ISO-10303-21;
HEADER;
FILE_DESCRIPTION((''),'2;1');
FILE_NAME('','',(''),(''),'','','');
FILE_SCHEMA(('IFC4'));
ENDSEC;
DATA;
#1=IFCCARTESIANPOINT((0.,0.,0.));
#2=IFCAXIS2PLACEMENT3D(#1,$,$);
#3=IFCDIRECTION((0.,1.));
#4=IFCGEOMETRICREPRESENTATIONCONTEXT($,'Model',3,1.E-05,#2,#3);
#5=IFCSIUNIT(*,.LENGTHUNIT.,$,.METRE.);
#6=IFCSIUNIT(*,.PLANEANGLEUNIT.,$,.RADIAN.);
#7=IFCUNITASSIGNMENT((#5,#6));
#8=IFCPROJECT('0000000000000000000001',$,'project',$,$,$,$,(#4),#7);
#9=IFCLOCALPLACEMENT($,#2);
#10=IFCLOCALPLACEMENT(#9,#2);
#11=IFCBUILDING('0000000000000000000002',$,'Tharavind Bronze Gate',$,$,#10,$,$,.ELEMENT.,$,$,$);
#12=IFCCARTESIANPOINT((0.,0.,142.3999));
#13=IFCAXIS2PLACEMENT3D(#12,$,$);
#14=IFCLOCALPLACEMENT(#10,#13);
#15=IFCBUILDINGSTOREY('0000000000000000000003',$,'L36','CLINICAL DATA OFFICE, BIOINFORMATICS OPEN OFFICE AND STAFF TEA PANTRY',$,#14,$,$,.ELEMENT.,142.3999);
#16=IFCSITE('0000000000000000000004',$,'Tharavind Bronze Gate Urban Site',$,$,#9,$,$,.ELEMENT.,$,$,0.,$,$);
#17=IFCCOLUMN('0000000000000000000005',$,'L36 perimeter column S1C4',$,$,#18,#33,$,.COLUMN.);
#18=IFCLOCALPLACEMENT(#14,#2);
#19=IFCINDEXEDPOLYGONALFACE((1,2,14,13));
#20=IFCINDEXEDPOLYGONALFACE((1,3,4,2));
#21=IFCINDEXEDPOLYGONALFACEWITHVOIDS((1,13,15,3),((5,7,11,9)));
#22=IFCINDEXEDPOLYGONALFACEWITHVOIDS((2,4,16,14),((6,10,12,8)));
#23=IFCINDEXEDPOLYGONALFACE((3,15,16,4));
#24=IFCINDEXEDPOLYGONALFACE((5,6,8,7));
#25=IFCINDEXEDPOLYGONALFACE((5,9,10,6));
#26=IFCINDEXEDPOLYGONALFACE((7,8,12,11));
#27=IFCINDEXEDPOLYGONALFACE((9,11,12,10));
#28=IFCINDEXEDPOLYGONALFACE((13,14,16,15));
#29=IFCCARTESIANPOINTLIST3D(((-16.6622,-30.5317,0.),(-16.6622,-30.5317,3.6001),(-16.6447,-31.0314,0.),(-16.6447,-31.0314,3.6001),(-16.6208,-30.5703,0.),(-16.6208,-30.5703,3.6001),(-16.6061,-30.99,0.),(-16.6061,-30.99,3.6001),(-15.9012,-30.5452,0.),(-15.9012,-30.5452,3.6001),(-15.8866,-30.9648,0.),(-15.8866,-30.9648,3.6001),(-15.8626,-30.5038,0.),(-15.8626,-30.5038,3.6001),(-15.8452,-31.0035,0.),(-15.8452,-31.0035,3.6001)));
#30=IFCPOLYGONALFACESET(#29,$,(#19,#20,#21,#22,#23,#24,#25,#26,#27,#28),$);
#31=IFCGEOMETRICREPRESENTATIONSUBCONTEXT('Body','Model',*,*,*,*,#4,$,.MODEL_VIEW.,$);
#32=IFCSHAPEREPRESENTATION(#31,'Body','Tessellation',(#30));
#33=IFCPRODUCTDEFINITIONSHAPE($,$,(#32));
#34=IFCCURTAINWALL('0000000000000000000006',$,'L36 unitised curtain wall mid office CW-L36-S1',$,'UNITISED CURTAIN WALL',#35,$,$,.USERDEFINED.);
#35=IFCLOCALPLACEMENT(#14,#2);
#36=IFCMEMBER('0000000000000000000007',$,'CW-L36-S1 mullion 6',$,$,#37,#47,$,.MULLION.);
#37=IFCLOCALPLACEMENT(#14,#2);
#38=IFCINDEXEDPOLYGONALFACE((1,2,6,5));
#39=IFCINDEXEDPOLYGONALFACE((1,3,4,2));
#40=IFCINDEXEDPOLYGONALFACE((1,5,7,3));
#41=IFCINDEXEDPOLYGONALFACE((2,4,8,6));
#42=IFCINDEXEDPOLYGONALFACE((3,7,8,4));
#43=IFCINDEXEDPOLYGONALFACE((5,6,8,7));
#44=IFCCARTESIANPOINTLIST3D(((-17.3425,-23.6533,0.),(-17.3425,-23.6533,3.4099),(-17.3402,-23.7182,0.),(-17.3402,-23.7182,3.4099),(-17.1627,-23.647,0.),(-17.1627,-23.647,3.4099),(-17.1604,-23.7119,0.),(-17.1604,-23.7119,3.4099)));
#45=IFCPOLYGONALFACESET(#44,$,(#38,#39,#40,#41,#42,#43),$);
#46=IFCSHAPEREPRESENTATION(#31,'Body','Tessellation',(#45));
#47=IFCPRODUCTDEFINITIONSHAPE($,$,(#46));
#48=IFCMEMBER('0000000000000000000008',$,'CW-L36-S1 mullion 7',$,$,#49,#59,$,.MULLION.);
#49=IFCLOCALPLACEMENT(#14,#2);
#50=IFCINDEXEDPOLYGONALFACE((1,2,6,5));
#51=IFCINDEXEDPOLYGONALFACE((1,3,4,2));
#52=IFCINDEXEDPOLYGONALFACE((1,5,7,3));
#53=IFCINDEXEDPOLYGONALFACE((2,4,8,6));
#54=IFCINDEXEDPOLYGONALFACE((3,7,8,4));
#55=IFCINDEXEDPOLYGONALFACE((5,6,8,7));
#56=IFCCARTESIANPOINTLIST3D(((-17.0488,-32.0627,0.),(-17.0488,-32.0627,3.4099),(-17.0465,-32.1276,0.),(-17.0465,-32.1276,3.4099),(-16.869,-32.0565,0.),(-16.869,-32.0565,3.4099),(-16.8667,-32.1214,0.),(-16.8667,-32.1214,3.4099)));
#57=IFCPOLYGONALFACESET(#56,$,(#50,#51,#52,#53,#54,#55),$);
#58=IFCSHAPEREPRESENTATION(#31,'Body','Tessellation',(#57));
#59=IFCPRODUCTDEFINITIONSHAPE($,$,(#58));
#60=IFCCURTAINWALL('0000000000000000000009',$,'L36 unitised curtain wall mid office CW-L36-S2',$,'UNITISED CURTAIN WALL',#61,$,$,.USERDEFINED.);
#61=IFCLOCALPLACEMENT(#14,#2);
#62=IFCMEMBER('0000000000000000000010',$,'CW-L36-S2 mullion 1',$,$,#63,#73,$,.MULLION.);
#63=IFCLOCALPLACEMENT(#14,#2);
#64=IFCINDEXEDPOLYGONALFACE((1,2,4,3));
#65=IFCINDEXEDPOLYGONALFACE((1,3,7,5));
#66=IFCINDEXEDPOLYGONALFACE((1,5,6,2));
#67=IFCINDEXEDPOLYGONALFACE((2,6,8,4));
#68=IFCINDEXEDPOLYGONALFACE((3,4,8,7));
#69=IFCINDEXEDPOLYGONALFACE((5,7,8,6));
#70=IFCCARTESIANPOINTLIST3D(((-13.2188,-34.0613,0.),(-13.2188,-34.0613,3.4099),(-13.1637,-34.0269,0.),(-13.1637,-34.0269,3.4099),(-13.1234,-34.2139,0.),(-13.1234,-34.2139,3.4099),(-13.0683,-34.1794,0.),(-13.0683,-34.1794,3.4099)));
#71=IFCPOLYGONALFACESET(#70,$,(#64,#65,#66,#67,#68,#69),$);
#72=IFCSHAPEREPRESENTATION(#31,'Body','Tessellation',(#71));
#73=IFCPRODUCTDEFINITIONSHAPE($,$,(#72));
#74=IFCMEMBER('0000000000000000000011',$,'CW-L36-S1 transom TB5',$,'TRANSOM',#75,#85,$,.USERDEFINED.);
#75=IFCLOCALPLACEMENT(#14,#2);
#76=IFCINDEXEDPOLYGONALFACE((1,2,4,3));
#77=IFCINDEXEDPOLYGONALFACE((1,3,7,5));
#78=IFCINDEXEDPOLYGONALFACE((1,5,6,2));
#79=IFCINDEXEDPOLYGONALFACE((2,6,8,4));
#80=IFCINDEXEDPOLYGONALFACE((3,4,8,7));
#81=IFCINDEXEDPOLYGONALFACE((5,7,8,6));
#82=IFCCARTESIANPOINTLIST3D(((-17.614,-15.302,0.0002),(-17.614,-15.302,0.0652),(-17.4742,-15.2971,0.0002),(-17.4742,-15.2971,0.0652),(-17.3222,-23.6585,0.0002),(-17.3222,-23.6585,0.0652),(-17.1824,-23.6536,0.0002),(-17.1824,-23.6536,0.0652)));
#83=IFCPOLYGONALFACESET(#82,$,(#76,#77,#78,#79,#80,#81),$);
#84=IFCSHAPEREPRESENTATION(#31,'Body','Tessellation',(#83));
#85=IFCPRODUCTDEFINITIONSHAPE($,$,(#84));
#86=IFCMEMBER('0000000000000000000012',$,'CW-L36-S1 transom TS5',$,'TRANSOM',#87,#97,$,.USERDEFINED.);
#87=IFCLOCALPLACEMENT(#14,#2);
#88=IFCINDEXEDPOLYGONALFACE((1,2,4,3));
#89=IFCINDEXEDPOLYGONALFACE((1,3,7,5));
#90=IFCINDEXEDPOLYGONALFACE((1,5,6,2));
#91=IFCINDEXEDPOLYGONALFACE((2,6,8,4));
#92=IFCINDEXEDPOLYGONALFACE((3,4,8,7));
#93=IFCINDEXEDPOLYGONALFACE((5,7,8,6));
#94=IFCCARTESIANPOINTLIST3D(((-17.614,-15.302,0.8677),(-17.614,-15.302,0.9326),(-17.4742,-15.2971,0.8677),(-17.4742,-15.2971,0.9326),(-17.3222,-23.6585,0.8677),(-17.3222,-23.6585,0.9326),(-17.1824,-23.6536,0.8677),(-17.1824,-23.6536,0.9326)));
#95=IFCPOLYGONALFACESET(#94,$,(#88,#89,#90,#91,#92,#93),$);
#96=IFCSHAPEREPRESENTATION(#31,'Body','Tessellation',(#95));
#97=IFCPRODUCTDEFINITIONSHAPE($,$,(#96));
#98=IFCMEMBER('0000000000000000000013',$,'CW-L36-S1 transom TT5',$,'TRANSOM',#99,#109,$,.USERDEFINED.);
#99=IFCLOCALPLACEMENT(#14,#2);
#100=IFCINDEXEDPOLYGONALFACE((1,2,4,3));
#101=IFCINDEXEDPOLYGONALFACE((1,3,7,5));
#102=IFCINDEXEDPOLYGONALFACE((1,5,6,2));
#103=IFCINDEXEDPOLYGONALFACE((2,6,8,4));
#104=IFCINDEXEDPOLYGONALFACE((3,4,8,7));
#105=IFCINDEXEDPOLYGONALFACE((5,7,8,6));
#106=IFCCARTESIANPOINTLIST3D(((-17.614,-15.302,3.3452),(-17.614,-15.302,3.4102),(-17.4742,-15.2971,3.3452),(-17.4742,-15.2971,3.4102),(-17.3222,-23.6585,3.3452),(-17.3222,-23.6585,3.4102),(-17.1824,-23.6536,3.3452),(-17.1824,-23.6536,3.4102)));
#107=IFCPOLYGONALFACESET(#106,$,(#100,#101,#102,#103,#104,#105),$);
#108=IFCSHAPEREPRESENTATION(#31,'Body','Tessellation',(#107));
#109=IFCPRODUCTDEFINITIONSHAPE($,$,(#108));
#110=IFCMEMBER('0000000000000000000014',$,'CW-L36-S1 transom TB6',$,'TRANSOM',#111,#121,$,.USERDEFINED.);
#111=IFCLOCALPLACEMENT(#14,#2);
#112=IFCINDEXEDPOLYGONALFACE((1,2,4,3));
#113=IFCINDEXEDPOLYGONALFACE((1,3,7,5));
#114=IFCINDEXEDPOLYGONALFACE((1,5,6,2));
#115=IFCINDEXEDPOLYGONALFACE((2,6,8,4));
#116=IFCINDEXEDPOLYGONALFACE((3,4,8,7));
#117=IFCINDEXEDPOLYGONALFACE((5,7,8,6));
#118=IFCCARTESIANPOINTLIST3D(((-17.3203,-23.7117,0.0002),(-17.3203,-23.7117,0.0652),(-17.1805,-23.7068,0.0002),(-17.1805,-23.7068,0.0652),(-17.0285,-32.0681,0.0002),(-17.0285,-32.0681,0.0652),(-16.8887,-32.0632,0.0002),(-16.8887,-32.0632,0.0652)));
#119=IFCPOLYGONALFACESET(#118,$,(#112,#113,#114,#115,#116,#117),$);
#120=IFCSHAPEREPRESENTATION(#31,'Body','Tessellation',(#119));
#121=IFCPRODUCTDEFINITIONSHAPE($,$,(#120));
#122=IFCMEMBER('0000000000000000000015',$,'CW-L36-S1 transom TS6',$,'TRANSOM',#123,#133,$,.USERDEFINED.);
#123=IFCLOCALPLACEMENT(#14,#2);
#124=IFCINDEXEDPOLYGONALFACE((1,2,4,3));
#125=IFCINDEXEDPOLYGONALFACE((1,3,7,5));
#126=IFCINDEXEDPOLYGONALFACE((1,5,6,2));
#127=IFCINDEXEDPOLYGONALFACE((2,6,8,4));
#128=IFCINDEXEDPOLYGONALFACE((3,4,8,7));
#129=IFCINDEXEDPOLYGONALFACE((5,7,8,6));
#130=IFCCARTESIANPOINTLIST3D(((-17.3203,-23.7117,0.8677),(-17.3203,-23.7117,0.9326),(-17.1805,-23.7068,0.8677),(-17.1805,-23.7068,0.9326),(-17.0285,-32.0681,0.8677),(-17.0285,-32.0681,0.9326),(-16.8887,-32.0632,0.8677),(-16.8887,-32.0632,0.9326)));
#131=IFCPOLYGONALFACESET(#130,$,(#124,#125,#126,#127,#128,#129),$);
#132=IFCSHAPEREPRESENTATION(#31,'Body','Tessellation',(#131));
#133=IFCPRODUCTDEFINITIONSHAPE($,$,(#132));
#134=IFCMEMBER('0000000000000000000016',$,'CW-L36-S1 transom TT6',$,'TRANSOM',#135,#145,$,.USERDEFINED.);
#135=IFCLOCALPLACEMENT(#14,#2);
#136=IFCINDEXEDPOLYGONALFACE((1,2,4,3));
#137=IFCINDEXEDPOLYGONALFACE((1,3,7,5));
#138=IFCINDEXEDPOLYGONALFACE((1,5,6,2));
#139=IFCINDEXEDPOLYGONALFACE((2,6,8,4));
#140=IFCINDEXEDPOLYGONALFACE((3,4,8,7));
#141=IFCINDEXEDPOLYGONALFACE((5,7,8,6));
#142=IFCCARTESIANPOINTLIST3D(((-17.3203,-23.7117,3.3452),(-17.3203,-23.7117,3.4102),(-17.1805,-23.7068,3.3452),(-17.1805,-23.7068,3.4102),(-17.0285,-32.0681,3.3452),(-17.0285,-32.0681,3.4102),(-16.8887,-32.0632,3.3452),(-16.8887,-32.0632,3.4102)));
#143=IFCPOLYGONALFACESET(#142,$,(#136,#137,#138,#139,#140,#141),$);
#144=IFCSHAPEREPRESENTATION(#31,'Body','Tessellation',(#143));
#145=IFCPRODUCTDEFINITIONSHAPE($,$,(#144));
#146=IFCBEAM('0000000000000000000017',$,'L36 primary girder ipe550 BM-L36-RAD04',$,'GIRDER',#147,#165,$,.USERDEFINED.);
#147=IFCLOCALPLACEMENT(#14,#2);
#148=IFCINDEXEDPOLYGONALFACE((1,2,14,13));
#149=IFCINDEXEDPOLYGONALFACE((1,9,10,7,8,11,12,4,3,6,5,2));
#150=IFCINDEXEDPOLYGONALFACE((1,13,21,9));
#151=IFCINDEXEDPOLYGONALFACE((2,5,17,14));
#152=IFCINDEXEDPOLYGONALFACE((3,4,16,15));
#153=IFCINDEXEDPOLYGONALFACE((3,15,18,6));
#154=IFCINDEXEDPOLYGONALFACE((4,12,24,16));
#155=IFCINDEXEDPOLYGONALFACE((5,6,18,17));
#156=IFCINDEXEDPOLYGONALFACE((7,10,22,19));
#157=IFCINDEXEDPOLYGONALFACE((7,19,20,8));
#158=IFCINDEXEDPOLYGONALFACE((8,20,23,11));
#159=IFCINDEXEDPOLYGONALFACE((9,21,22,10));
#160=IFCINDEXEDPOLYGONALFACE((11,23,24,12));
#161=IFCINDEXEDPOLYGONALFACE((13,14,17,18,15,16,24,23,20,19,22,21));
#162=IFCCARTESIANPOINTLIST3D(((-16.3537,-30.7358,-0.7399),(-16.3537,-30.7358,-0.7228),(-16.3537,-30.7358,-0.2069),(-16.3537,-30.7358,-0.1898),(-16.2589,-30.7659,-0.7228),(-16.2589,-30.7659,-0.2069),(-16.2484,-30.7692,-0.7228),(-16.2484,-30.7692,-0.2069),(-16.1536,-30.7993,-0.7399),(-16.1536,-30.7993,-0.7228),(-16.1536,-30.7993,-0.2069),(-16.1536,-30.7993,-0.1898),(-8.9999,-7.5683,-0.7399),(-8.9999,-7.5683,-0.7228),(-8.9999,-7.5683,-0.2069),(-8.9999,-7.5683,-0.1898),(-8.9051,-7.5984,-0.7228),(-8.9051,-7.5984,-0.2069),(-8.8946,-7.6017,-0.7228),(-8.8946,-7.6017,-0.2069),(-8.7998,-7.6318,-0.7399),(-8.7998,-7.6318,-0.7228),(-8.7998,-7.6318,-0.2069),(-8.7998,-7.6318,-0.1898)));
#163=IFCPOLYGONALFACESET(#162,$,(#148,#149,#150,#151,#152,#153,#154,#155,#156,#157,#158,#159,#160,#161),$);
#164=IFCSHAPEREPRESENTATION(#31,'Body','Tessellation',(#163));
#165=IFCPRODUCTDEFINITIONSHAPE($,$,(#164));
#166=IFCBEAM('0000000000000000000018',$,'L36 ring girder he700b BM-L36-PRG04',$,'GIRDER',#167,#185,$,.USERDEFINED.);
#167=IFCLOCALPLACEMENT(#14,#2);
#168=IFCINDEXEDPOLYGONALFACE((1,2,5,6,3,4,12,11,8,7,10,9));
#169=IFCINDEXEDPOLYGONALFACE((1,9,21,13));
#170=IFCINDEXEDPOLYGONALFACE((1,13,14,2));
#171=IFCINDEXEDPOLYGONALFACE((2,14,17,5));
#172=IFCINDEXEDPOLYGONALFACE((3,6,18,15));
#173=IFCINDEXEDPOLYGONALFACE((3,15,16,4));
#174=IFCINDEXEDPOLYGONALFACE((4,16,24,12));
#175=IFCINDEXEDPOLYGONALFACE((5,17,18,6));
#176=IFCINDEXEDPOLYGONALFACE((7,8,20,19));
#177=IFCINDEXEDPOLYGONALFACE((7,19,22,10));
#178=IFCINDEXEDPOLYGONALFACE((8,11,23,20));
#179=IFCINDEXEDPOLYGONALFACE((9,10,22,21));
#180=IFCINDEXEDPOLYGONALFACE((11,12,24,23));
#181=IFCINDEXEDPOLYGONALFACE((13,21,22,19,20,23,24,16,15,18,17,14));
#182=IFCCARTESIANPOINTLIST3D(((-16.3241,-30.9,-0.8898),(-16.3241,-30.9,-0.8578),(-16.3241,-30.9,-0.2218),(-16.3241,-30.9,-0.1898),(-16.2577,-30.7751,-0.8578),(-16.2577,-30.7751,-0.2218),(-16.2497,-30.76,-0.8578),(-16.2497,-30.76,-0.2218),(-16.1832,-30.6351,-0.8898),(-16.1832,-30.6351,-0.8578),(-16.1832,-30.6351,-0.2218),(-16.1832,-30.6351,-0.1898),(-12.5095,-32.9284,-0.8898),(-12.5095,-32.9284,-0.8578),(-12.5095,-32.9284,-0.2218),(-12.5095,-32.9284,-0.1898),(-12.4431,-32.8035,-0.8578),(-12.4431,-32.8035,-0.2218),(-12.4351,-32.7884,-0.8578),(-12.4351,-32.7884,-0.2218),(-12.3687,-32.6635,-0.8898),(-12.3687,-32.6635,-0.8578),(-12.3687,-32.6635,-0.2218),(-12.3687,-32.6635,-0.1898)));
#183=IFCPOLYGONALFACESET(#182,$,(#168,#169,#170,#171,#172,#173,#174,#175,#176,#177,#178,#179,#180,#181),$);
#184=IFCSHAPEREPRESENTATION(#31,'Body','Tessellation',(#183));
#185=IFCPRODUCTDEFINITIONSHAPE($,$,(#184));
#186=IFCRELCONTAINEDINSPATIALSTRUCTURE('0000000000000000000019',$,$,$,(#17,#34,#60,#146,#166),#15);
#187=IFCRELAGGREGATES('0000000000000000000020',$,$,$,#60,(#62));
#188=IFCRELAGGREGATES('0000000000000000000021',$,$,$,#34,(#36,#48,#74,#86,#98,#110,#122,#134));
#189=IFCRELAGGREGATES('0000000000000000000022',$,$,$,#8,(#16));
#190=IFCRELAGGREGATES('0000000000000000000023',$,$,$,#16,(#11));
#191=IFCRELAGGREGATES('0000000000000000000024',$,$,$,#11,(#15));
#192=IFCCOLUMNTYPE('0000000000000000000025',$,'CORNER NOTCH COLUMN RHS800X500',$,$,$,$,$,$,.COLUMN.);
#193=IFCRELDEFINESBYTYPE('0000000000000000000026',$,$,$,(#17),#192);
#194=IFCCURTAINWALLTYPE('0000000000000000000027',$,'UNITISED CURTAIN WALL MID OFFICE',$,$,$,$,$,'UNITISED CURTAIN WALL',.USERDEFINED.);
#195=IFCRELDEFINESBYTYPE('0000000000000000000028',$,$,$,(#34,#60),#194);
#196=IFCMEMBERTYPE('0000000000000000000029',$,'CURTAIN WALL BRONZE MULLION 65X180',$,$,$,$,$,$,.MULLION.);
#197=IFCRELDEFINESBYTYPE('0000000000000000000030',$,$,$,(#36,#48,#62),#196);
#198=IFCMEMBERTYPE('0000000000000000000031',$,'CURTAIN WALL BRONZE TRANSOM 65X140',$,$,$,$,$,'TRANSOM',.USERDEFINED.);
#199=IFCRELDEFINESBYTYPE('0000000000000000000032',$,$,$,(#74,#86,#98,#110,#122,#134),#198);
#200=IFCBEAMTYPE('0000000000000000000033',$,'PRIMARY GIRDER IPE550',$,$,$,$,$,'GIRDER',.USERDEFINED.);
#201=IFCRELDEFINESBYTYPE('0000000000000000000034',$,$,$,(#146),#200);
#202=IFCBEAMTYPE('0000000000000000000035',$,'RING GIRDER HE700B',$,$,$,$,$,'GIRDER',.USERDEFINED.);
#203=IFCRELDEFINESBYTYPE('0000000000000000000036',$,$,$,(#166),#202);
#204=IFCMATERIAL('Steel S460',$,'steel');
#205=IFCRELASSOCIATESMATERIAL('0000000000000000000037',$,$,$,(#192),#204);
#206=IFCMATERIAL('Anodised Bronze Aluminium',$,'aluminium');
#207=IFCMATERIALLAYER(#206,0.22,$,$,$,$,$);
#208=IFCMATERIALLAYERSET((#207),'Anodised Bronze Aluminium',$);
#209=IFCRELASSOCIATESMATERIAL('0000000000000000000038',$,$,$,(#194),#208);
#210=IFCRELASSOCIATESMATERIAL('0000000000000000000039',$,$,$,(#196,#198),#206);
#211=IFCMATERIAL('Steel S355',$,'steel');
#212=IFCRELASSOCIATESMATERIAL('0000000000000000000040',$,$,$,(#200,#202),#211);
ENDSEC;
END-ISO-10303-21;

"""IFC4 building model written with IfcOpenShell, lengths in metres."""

from ifc_helpers import new_model, si_unit, direction, frame, origin, origin_2d, place, context, subcontext, project, spatial, rectangle, hollow_rectangle, i_section, extrude, material, layer, layer_set, material_profile, profile_set, type_object, element, aggregate, save


model = new_model("IFC4")

# Units and contexts
model_context = context("Model", 3, precision=1e-05, world=origin(), true_north=direction((0.0, 1.0)))
body_context = subcontext(model_context, "Body", "Model", "MODEL_VIEW")
ifc_project = project(units=[si_unit("LENGTHUNIT", "METRE"), si_unit("PLANEANGLEUNIT", "RADIAN")], contexts=[model_context])

# Site, building, storey
site_placement = place(None, origin())
site = spatial("IfcSite", under=ifc_project, at=site_placement, Name="Tharavind Bronze Gate Urban Site", CompositionType="ELEMENT", RefElevation=0.0)
building_placement = place(site_placement, origin())
building = spatial("IfcBuilding", under=site, at=building_placement, Name="Tharavind Bronze Gate", CompositionType="ELEMENT")
storey_placement = place(building_placement, frame((0.0, 0.0, 142.3999)))
storey = spatial("IfcBuildingStorey", under=building, at=storey_placement, Name="L36", Description="CLINICAL DATA OFFICE, BIOINFORMATICS OPEN OFFICE AND STAFF TEA PANTRY", CompositionType="ELEMENT", Elevation=142.3999)

# Column
ifc_material_1 = material(Name="Steel S460", Category="steel")
ifc_material_profile_1 = material_profile(ifc_material_1, hollow_rectangle(XDim=0.5, YDim=0.8, WallThickness=0.04, at=origin_2d()), Name="RHS800X500X40")
ifc_profile_set_1 = profile_set([ifc_material_profile_1], Name="Steel S460")
column_type = type_object("IfcColumnType", Name="CORNER NOTCH COLUMN RHS800X500", PredefinedType="COLUMN", material=ifc_profile_set_1)
column_placement = place(storey_placement, frame((-16.2537, -30.7676, 0.0), z_axis=(0.0, 0.0, 1.0), x_axis=(-0.034899, 0.999391, 0.0)))
element("IfcColumn", 1, at=column_placement, inside=storey, type_object=column_type, Name="L36 perimeter column S1C4", PredefinedType="COLUMN", context=body_context, shape_type="SweptSolid", body=[
    extrude(hollow_rectangle(XDim=0.5, YDim=0.8, WallThickness=0.04, at=origin_2d()), origin(), (0.0, 0.0, 1.0), 3.6001),
])

# Curtain wall, members
ifc_material_2 = material(Name="Anodised Bronze Aluminium", Category="aluminium")
ifc_layer_1 = layer(ifc_material_2, 0.22)
ifc_layer_set_1 = layer_set([ifc_layer_1], Name="Anodised Bronze Aluminium")
curtain_wall_type = type_object("IfcCurtainWallType", Name="UNITISED CURTAIN WALL MID OFFICE", ElementType="UNITISED CURTAIN WALL", PredefinedType="USERDEFINED", material=ifc_layer_set_1)
curtain_wall_1_placement = place(storey_placement, origin())
curtain_wall_1 = element("IfcCurtainWall", 2, at=curtain_wall_1_placement, inside=storey, type_object=curtain_wall_type, Name="L36 unitised curtain wall mid office CW-L36-S1", ObjectType="UNITISED CURTAIN WALL", PredefinedType="USERDEFINED")
member_type_1 = type_object("IfcMemberType", Name="CURTAIN WALL BRONZE MULLION 65X180", PredefinedType="MULLION", material=ifc_material_2)
member_1_placement = place(storey_placement, frame((-17.2515, -23.6826, 0.0), z_axis=(0.0, 0.0, 1.0), x_axis=(0.034899, -0.999391, 0.0)))
member_1 = element("IfcMember", 3, at=member_1_placement, type_object=member_type_1, Name="CW-L36-S1 mullion 6", PredefinedType="MULLION", context=body_context, shape_type="SweptSolid", body=[
    extrude(rectangle(XDim=0.0649, YDim=0.1799, at=origin_2d()), origin(), (0.0, 0.0, 1.0), 3.4099),
])
member_2_placement = place(storey_placement, frame((-16.9578, -32.092, 0.0), z_axis=(0.0, 0.0, 1.0), x_axis=(0.034899, -0.999391, 0.0)))
member_2 = element("IfcMember", 4, at=member_2_placement, type_object=member_type_1, Name="CW-L36-S1 mullion 7", PredefinedType="MULLION", context=body_context, shape_type="SweptSolid", body=[
    extrude(rectangle(XDim=0.0649, YDim=0.1799, at=origin_2d()), origin(), (0.0, 0.0, 1.0), 3.4099),
])

# Curtain wall, member
curtain_wall_2_placement = place(storey_placement, origin())
curtain_wall_2 = element("IfcCurtainWall", 5, at=curtain_wall_2_placement, inside=storey, type_object=curtain_wall_type, Name="L36 unitised curtain wall mid office CW-L36-S2", ObjectType="UNITISED CURTAIN WALL", PredefinedType="USERDEFINED")
member_3_placement = place(storey_placement, frame((-13.1436, -34.1204, 0.0), z_axis=(0.0, 0.0, 1.0), x_axis=(0.848048, 0.529919, 0.0)))
member_3 = element("IfcMember", 6, at=member_3_placement, type_object=member_type_1, Name="CW-L36-S2 mullion 1", PredefinedType="MULLION", context=body_context, shape_type="SweptSolid", body=[
    extrude(rectangle(XDim=0.0649, YDim=0.1799, at=origin_2d()), origin(), (0.0, 0.0, 1.0), 3.4099),
])
aggregate(curtain_wall_2, [member_3])

# Members
member_type_2 = type_object("IfcMemberType", Name="CURTAIN WALL BRONZE TRANSOM 65X140", ElementType="TRANSOM", PredefinedType="USERDEFINED", material=ifc_material_2)
member_4_placement = place(storey_placement, frame((-17.3982, -19.4778, 0.0002), z_axis=(0.0, 0.0, 1.0), x_axis=(0.034899, -0.999391, 0.0)))
member_4 = element("IfcMember", 7, at=member_4_placement, type_object=member_type_2, Name="CW-L36-S1 transom TB5", ObjectType="TRANSOM", PredefinedType="USERDEFINED", context=body_context, shape_type="SweptSolid", body=[
    extrude(rectangle(XDim=8.3616, YDim=0.1399, at=origin_2d()), origin(), (0.0, 0.0, 1.0), 0.0649),
])
member_5_placement = place(storey_placement, frame((-17.3982, -19.4778, 0.8677), z_axis=(0.0, 0.0, 1.0), x_axis=(0.034899, -0.999391, 0.0)))
member_5 = element("IfcMember", 8, at=member_5_placement, type_object=member_type_2, Name="CW-L36-S1 transom TS5", ObjectType="TRANSOM", PredefinedType="USERDEFINED", context=body_context, shape_type="SweptSolid", body=[
    extrude(rectangle(XDim=8.3616, YDim=0.1399, at=origin_2d()), origin(), (0.0, 0.0, 1.0), 0.0649),
])
member_6_placement = place(storey_placement, frame((-17.3982, -19.4778, 3.3452), z_axis=(0.0, 0.0, 1.0), x_axis=(0.034899, -0.999391, 0.0)))
member_6 = element("IfcMember", 9, at=member_6_placement, type_object=member_type_2, Name="CW-L36-S1 transom TT5", ObjectType="TRANSOM", PredefinedType="USERDEFINED", context=body_context, shape_type="SweptSolid", body=[
    extrude(rectangle(XDim=8.3616, YDim=0.1399, at=origin_2d()), origin(), (0.0, 0.0, 1.0), 0.0649),
])
member_7_placement = place(storey_placement, frame((-17.1045, -27.8875, 0.0002), z_axis=(0.0, 0.0, 1.0), x_axis=(0.034899, -0.999391, 0.0)))
member_7 = element("IfcMember", 10, at=member_7_placement, type_object=member_type_2, Name="CW-L36-S1 transom TB6", ObjectType="TRANSOM", PredefinedType="USERDEFINED", context=body_context, shape_type="SweptSolid", body=[
    extrude(rectangle(XDim=8.3616, YDim=0.1399, at=origin_2d()), origin(), (0.0, 0.0, 1.0), 0.0649),
])
member_8_placement = place(storey_placement, frame((-17.1045, -27.8875, 0.8677), z_axis=(0.0, 0.0, 1.0), x_axis=(0.034899, -0.999391, 0.0)))
member_8 = element("IfcMember", 11, at=member_8_placement, type_object=member_type_2, Name="CW-L36-S1 transom TS6", ObjectType="TRANSOM", PredefinedType="USERDEFINED", context=body_context, shape_type="SweptSolid", body=[
    extrude(rectangle(XDim=8.3616, YDim=0.1399, at=origin_2d()), origin(), (0.0, 0.0, 1.0), 0.0649),
])
member_9_placement = place(storey_placement, frame((-17.1045, -27.8875, 3.3452), z_axis=(0.0, 0.0, 1.0), x_axis=(0.034899, -0.999391, 0.0)))
member_9 = element("IfcMember", 12, at=member_9_placement, type_object=member_type_2, Name="CW-L36-S1 transom TT6", ObjectType="TRANSOM", PredefinedType="USERDEFINED", context=body_context, shape_type="SweptSolid", body=[
    extrude(rectangle(XDim=8.3616, YDim=0.1399, at=origin_2d()), origin(), (0.0, 0.0, 1.0), 0.0649),
])

# Beams
ifc_material_3 = material(Name="Steel S355", Category="steel")
ifc_material_profile_2 = material_profile(ifc_material_3, i_section(OverallWidth=0.21, OverallDepth=0.55, WebThickness=0.011, FlangeThickness=0.0171, at=origin_2d()), Name="IPE550")
ifc_profile_set_2 = profile_set([ifc_material_profile_2], Name="Steel S355")
beam_type_1 = type_object("IfcBeamType", Name="PRIMARY GIRDER IPE550", ElementType="GIRDER", PredefinedType="USERDEFINED", material=ifc_profile_set_2)
beam_1_placement = place(storey_placement, frame((-16.2537, -30.7676, -0.4648), z_axis=(0.302542, 0.953136, 0.0), x_axis=(-0.953136, 0.302542, 0.0)))
element("IfcBeam", 13, at=beam_1_placement, inside=storey, type_object=beam_type_1, Name="L36 primary girder ipe550 BM-L36-RAD04", ObjectType="GIRDER", PredefinedType="USERDEFINED", context=body_context, shape_type="SweptSolid", body=[
    extrude(i_section(OverallWidth=0.21, OverallDepth=0.55, WebThickness=0.011, FlangeThickness=0.0171, at=origin_2d()), origin(), (0.0, 0.0, 1.0), 24.3066),
])
ifc_material_profile_3 = material_profile(ifc_material_3, i_section(OverallWidth=0.3, OverallDepth=0.7, WebThickness=0.0171, FlangeThickness=0.032, at=origin_2d()), Name="HE700B")
ifc_profile_set_3 = profile_set([ifc_material_profile_3], Name="Steel S355")
beam_type_2 = type_object("IfcBeamType", Name="RING GIRDER HE700B", ElementType="GIRDER", PredefinedType="USERDEFINED", material=ifc_profile_set_3)
beam_2_placement = place(storey_placement, frame((-16.2537, -30.7676, -0.5398), z_axis=(0.882934, -0.469497, 0.0), x_axis=(0.469497, 0.882934, 0.0)))
element("IfcBeam", 14, at=beam_2_placement, inside=storey, type_object=beam_type_2, Name="L36 ring girder he700b BM-L36-PRG04", ObjectType="GIRDER", PredefinedType="USERDEFINED", context=body_context, shape_type="SweptSolid", body=[
    extrude(i_section(OverallWidth=0.3, OverallDepth=0.7, WebThickness=0.0171, FlangeThickness=0.032, at=origin_2d()), origin(), (0.0, 0.0, 1.0), 4.3203),
])

aggregate(curtain_wall_1, [member_1, member_2, member_4, member_5, member_6, member_7, member_8, member_9])

save(model, "model.ifc")
